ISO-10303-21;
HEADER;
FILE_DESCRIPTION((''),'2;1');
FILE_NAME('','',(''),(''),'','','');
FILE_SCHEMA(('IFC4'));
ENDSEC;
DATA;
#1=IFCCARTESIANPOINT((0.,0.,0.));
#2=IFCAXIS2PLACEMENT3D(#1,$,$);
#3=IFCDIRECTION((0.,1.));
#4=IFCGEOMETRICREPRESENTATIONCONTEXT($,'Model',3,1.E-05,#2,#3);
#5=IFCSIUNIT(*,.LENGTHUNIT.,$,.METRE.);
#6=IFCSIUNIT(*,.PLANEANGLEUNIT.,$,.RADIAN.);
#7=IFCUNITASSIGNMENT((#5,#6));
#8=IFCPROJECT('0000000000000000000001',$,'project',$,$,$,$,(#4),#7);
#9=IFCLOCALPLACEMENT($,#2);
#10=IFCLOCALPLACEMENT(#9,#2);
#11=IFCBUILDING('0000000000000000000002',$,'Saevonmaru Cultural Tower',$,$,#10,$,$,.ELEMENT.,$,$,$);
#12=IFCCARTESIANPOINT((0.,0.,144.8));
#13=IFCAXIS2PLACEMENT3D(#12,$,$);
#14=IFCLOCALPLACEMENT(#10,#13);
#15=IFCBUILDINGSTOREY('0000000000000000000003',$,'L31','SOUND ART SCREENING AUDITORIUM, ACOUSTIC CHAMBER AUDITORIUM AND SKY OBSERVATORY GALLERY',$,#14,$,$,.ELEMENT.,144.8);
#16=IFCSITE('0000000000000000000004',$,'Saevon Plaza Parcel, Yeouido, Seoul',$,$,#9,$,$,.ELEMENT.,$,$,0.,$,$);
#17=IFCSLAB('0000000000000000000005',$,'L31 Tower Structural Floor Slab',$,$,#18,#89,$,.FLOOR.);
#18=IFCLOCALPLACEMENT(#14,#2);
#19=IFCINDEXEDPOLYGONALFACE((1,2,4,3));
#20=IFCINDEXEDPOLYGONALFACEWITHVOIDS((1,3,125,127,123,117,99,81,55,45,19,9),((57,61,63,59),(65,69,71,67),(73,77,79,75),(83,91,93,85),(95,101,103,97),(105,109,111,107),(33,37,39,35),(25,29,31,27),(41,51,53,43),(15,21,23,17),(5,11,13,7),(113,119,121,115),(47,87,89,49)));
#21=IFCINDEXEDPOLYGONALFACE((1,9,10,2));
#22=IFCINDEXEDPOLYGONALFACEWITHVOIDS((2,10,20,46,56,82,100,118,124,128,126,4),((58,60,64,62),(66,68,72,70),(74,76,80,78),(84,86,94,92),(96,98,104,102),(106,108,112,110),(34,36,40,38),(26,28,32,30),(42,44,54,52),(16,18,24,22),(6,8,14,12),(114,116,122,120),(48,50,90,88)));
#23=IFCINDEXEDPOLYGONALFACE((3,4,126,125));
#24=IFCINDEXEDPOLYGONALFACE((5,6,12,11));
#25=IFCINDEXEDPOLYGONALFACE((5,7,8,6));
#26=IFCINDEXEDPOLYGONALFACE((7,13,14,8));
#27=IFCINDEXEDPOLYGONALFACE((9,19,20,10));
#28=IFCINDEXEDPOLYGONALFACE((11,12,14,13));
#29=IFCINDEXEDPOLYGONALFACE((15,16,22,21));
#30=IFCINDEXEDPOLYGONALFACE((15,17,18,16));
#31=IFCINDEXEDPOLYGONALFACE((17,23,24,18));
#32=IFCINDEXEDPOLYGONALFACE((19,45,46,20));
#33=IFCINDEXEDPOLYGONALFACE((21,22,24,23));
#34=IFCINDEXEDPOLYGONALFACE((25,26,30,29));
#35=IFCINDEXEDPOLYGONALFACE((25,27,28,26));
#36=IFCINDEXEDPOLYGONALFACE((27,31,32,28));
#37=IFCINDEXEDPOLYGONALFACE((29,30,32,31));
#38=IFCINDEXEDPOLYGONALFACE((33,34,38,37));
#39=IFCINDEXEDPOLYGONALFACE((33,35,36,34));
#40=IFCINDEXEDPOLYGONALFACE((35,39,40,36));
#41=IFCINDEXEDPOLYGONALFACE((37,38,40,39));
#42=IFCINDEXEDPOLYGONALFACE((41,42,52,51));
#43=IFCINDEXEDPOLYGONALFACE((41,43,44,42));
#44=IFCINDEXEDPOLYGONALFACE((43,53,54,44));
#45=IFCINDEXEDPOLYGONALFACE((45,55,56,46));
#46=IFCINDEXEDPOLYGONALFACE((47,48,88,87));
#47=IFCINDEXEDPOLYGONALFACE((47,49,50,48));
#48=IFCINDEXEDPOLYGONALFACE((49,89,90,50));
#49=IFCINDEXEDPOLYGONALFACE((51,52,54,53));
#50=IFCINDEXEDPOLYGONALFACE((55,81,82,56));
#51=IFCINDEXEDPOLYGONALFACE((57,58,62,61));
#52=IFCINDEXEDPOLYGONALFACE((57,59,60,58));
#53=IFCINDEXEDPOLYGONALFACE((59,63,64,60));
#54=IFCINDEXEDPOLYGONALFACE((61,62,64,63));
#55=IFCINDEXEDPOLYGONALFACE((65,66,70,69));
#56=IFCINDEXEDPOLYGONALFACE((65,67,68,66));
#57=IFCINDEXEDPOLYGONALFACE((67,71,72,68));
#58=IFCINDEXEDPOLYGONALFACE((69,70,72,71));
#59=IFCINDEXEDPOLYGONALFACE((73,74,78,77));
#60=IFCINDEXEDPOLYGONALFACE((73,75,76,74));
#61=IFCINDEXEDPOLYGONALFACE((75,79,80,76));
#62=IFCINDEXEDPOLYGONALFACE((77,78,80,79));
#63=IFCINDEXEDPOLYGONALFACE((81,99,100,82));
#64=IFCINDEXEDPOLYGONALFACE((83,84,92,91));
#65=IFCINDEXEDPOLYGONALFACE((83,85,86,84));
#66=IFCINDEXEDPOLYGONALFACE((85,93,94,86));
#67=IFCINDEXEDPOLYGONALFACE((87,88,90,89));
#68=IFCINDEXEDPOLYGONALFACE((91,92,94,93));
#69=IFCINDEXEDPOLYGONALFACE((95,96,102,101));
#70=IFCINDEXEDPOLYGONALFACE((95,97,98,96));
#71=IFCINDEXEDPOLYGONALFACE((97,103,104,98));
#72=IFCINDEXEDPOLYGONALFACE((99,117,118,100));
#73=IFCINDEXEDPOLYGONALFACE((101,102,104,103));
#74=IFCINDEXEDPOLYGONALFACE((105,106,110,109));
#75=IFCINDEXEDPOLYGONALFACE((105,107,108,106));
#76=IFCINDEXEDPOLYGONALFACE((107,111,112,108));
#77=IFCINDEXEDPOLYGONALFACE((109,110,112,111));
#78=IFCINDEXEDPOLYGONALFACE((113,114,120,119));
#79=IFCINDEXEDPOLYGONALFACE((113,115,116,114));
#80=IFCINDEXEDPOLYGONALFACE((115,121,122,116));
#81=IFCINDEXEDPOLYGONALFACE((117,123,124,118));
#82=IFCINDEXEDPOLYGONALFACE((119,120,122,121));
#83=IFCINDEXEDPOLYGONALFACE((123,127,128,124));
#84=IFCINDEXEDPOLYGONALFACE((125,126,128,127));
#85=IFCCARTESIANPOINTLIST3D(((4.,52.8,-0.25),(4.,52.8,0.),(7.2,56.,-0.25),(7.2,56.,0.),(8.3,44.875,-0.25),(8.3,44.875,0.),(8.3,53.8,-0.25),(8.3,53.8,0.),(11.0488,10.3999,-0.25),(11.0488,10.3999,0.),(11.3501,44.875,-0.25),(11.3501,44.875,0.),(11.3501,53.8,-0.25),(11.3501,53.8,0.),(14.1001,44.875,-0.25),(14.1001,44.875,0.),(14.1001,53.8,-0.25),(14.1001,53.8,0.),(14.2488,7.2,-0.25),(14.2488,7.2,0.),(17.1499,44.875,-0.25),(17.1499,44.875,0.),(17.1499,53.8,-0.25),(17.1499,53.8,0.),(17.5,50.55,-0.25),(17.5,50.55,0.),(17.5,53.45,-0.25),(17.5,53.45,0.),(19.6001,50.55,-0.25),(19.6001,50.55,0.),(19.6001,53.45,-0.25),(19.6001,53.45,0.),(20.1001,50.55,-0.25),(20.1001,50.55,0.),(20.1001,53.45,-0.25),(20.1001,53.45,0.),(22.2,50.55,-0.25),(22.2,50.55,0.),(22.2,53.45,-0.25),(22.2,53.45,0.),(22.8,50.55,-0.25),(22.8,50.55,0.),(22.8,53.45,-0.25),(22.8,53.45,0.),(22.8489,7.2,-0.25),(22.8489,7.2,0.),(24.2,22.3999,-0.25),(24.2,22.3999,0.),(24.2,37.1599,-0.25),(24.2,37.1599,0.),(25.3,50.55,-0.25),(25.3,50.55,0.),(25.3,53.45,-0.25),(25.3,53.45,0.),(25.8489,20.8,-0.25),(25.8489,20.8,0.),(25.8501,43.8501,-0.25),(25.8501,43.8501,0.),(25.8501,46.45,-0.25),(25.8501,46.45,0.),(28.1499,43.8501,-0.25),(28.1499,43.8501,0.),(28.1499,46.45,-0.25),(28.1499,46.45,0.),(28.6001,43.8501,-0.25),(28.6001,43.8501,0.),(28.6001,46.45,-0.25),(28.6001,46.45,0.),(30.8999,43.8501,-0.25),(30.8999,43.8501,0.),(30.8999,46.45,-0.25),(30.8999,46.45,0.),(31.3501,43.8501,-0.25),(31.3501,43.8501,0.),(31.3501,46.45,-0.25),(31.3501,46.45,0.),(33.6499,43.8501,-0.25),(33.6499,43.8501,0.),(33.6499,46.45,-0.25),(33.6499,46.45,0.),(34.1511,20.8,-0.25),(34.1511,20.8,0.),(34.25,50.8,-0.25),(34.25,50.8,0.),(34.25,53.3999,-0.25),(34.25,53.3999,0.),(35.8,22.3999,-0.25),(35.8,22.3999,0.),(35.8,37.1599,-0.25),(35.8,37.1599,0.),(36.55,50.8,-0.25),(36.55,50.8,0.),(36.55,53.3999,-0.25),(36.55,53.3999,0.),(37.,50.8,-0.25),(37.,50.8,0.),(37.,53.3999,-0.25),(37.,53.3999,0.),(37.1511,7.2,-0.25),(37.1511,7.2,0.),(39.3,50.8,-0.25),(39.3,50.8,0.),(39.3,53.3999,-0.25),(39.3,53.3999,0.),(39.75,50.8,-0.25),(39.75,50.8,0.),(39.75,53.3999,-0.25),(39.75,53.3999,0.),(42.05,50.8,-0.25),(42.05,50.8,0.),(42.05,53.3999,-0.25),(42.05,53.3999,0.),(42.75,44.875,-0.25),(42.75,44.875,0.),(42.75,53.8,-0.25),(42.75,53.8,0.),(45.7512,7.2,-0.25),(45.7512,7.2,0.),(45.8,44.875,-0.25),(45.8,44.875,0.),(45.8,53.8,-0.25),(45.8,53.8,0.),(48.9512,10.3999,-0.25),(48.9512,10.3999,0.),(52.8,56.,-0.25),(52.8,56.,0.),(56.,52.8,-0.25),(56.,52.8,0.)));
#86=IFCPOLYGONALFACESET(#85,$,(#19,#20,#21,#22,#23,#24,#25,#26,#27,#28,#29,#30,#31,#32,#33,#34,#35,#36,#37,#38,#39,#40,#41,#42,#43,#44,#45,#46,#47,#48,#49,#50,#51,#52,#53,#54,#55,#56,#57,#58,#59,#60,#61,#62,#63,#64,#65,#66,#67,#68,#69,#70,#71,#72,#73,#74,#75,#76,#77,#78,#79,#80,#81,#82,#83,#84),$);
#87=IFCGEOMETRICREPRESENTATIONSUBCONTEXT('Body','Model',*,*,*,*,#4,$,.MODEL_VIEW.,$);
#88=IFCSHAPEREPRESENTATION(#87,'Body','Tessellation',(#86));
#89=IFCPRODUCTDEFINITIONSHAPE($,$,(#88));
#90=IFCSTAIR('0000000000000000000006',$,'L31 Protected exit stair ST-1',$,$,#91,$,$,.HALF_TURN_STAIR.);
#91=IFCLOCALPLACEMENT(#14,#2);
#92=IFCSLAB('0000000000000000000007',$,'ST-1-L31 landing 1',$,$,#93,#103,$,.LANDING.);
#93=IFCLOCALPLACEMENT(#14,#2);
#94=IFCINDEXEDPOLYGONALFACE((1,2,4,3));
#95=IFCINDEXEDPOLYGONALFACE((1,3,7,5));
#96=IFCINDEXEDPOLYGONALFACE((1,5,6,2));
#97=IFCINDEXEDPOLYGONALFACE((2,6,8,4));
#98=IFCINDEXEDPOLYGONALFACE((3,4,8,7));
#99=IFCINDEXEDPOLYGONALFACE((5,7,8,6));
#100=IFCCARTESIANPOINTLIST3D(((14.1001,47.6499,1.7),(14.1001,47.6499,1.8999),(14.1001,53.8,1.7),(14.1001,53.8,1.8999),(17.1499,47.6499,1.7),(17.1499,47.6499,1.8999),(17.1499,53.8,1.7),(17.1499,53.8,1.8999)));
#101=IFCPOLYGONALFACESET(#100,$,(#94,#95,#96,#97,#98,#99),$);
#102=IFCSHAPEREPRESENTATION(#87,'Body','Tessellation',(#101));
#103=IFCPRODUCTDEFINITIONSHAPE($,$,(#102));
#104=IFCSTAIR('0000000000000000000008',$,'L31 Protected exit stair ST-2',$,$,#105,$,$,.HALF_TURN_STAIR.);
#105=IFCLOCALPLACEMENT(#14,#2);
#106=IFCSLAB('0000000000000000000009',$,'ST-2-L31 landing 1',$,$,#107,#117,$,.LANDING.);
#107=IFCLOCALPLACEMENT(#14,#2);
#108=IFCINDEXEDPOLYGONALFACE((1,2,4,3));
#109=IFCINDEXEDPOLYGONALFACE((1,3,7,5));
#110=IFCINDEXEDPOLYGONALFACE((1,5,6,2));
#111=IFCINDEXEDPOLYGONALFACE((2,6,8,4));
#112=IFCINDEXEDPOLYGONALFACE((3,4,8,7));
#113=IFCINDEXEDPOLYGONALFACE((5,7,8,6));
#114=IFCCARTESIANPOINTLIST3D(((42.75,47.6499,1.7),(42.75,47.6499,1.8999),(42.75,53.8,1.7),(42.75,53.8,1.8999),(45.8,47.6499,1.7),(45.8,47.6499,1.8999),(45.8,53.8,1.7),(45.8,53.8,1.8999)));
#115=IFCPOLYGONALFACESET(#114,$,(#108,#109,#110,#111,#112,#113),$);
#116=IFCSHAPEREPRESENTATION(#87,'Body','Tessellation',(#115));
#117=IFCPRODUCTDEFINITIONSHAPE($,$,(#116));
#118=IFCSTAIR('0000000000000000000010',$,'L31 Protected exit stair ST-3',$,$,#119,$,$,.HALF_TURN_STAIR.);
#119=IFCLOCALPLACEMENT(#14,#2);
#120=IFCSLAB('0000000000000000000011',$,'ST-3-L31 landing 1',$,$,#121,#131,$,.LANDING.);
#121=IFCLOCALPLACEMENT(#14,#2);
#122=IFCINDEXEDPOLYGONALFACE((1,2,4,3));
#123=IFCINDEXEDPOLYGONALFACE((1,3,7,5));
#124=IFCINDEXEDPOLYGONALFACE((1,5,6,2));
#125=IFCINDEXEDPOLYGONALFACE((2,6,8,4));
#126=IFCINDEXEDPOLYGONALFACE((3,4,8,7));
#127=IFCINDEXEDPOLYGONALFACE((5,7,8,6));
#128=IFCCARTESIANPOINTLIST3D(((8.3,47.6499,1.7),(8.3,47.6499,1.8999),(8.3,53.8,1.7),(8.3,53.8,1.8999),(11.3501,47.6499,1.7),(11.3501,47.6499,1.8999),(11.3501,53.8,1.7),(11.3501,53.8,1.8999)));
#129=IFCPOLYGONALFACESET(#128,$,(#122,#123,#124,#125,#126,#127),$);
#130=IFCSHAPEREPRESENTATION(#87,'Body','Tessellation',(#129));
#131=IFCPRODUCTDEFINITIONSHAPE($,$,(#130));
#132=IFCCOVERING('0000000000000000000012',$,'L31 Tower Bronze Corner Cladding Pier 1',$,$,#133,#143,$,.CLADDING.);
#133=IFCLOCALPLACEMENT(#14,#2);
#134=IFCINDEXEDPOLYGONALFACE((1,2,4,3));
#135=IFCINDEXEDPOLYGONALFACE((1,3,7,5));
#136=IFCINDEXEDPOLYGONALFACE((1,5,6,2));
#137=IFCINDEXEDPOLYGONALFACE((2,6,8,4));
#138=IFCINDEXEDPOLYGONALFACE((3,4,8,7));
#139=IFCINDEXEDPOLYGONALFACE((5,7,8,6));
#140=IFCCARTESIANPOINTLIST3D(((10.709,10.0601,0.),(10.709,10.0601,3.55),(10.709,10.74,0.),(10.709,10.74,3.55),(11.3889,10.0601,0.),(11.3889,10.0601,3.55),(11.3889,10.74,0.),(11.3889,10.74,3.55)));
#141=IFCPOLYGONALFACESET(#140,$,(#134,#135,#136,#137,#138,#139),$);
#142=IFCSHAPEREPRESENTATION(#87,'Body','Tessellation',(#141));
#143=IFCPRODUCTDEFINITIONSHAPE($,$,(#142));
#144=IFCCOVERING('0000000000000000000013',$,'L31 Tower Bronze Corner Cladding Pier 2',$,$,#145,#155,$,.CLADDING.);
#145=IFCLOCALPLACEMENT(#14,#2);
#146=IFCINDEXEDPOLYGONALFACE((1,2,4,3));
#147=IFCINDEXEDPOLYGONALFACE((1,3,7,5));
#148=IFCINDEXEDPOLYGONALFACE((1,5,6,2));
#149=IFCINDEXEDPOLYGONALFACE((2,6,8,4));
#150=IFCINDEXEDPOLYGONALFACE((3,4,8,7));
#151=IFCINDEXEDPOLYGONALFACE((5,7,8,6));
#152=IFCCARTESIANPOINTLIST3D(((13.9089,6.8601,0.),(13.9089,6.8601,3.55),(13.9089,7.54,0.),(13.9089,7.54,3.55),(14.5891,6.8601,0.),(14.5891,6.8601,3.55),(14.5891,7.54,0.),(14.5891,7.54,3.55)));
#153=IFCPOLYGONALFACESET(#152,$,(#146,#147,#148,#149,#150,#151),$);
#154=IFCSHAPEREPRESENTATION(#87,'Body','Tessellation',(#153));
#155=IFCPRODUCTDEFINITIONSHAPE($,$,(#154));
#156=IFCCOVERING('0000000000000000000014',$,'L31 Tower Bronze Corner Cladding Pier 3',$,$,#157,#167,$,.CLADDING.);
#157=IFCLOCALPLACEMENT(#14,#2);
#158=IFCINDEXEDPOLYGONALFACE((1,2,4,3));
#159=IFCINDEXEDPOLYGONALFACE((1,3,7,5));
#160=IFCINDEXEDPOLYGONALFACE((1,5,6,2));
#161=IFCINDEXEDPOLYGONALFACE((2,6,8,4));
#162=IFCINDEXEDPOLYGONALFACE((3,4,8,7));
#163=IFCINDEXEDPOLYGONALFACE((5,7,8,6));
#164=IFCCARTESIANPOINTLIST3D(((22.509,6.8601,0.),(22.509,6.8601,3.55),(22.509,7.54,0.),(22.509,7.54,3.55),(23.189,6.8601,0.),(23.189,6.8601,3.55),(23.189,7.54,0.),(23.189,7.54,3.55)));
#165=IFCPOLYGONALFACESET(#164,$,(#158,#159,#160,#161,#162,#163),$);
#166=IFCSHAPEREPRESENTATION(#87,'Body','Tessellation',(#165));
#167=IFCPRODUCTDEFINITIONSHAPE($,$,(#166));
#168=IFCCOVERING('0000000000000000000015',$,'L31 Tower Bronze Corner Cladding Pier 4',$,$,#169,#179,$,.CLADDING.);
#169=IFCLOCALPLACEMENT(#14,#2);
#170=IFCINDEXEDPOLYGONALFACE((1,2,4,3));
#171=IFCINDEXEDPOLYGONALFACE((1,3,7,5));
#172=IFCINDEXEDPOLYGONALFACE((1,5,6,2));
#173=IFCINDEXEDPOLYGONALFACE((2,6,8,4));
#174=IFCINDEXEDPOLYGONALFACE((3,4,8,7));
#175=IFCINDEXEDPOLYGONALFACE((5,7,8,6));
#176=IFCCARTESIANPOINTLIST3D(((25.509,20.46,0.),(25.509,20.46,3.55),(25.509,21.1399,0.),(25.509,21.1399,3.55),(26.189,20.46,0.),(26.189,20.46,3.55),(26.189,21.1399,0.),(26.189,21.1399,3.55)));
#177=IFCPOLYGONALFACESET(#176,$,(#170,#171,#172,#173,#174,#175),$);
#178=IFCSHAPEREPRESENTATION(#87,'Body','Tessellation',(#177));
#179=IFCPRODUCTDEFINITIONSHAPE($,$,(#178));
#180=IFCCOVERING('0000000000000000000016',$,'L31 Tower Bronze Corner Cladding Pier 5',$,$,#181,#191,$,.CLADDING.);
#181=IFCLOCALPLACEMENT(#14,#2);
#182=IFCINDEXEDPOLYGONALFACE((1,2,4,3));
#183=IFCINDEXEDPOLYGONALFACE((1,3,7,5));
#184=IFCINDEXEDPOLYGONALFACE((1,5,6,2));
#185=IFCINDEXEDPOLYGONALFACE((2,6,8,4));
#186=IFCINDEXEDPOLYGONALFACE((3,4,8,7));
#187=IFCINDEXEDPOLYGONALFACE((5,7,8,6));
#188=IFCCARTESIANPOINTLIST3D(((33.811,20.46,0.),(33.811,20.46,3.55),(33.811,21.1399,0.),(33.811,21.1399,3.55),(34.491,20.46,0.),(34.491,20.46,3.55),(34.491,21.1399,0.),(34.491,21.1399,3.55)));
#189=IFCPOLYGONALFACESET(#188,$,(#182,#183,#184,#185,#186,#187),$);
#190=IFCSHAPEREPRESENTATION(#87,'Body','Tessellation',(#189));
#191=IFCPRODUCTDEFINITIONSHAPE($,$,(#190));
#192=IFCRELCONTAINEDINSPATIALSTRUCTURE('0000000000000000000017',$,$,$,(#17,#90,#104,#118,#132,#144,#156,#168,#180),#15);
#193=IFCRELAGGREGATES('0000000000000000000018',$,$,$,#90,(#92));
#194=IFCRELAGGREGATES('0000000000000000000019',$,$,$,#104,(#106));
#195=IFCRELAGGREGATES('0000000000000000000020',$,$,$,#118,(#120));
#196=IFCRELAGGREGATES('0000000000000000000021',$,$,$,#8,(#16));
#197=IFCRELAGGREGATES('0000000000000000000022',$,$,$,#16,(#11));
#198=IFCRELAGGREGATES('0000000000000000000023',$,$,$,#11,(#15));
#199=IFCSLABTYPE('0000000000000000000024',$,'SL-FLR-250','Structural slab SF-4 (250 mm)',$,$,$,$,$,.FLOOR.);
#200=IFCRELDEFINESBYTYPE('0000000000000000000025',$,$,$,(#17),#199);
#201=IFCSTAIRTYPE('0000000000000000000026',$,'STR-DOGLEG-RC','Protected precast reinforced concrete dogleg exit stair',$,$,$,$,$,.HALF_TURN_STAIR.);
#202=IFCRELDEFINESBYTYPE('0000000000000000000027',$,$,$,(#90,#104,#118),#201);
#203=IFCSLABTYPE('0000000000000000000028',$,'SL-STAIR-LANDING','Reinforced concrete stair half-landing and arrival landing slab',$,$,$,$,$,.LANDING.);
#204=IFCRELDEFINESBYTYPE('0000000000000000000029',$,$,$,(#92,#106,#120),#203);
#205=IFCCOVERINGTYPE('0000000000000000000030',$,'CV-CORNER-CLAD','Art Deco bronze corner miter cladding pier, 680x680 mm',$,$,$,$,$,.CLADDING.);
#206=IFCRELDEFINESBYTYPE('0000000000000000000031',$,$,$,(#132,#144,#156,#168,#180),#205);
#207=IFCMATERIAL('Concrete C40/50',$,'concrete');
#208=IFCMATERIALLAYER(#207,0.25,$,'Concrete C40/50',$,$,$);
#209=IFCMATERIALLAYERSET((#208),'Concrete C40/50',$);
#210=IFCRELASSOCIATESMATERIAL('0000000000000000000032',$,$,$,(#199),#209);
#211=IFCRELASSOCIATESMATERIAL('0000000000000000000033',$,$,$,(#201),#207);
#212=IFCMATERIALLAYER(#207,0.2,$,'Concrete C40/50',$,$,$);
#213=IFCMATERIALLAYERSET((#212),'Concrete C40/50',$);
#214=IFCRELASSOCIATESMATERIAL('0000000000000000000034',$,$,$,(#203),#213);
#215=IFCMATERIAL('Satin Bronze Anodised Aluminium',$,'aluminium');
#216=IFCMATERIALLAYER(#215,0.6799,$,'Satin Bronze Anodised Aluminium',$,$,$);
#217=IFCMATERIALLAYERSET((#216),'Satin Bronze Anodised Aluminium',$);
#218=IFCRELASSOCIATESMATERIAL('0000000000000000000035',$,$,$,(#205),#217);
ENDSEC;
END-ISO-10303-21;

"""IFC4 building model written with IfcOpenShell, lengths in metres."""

from ifc_helpers import new_model, si_unit, direction, frame, origin, place, context, subcontext, project, spatial, polyline, outline, extrude, material, layer, layer_set, type_object, element, aggregate, save


model = new_model("IFC4")

# Units and contexts
model_context = context("Model", 3, precision=1e-05, world=origin(), true_north=direction((0.0, 1.0)))
body_context = subcontext(model_context, "Body", "Model", "MODEL_VIEW")
ifc_project = project(units=[si_unit("LENGTHUNIT", "METRE"), si_unit("PLANEANGLEUNIT", "RADIAN")], contexts=[model_context])

# Site, building, storey
site_placement = place(None, origin())
site = spatial("IfcSite", under=ifc_project, at=site_placement, Name="Saevon Plaza Parcel, Yeouido, Seoul", CompositionType="ELEMENT", RefElevation=0.0)
building_placement = place(site_placement, origin())
building = spatial("IfcBuilding", under=site, at=building_placement, Name="Saevonmaru Cultural Tower", CompositionType="ELEMENT")
storey_placement = place(building_placement, frame((0.0, 0.0, 144.8)))
storey = spatial("IfcBuildingStorey", under=building, at=storey_placement, Name="L31", Description="SOUND ART SCREENING AUDITORIUM, ACOUSTIC CHAMBER AUDITORIUM AND SKY OBSERVATORY GALLERY", CompositionType="ELEMENT", Elevation=144.8)

# Shared definitions
ifc_material_1 = material(Name="Satin Bronze Anodised Aluminium", Category="aluminium")

# Slab
ifc_material_2 = material(Name="Concrete C40/50", Category="concrete")
ifc_layer_1 = layer(ifc_material_2, 0.25, Name="Concrete C40/50")
ifc_layer_set_1 = layer_set([ifc_layer_1], Name="Concrete C40/50")
slab_type_1 = type_object("IfcSlabType", Name="SL-FLR-250", Description="Structural slab SF-4 (250 mm)", PredefinedType="FLOOR", material=ifc_layer_set_1)
slab_1_placement = place(storey_placement, frame((0.0, 0.0, -0.25)))
element("IfcSlab", 1, at=slab_1_placement, inside=storey, type_object=slab_type_1, Name="L31 Tower Structural Floor Slab", PredefinedType="FLOOR", context=body_context, shape_type="SweptSolid", body=[
    extrude(outline(polyline([(11.0488, 10.3999), (14.2488, 7.2), (22.8489, 7.2), (25.8489, 20.8), (34.1511, 20.8), (37.1511, 7.2), (45.7512, 7.2), (48.9512, 10.3999), (56.0, 52.8), (52.8, 56.0), (7.2, 56.0), (4.0, 52.8), (11.0488, 10.3999)]), holes=[polyline([(45.8, 44.875), (42.75, 44.875), (42.75, 53.8), (45.8, 53.8), (45.8, 44.875)]), polyline([(39.75, 50.8), (39.75, 53.3999), (42.05, 53.3999), (42.05, 50.8), (39.75, 50.8)]), polyline([(37.0, 50.8), (37.0, 53.3999), (39.3, 53.3999), (39.3, 50.8), (37.0, 50.8)]), polyline([(34.25, 50.8), (34.25, 53.3999), (36.55, 53.3999), (36.55, 50.8), (34.25, 50.8)]), polyline([(24.2, 22.3999), (24.2, 37.1599), (35.8, 37.1599), (35.8, 22.3999), (24.2, 22.3999)]), polyline([(31.3501, 43.8501), (31.3501, 46.45), (33.6499, 46.45), (33.6499, 43.8501), (31.3501, 43.8501)]), polyline([(28.6001, 43.8501), (28.6001, 46.45), (30.8999, 46.45), (30.8999, 43.8501), (28.6001, 43.8501)]), polyline([(28.1499, 43.8501), (25.8501, 43.8501), (25.8501, 46.45), (28.1499, 46.45), (28.1499, 43.8501)]), polyline([(25.3, 50.55), (22.8, 50.55), (22.8, 53.45), (25.3, 53.45), (25.3, 50.55)]), polyline([(20.1001, 50.55), (20.1001, 53.45), (22.2, 53.45), (22.2, 50.55), (20.1001, 50.55)]), polyline([(17.5, 50.55), (17.5, 53.45), (19.6001, 53.45), (19.6001, 50.55), (17.5, 50.55)]), polyline([(17.1499, 53.8), (17.1499, 44.875), (14.1001, 44.875), (14.1001, 53.8), (17.1499, 53.8)]), polyline([(11.3501, 44.875), (8.3, 44.875), (8.3, 53.8), (11.3501, 53.8), (11.3501, 44.875)])]), origin(), (0.0, 0.0, 1.0), 0.25),
])

# Stairs, slabs
stair_type = type_object("IfcStairType", Name="STR-DOGLEG-RC", Description="Protected precast reinforced concrete dogleg exit stair", PredefinedType="HALF_TURN_STAIR", material=ifc_material_2)
stair_1_placement = place(storey_placement, origin())
stair_1 = element("IfcStair", 2, at=stair_1_placement, inside=storey, type_object=stair_type, Name="L31 Protected exit stair ST-1", PredefinedType="HALF_TURN_STAIR")
ifc_layer_2 = layer(ifc_material_2, 0.2, Name="Concrete C40/50")
ifc_layer_set_2 = layer_set([ifc_layer_2], Name="Concrete C40/50")
slab_type_2 = type_object("IfcSlabType", Name="SL-STAIR-LANDING", Description="Reinforced concrete stair half-landing and arrival landing slab", PredefinedType="LANDING", material=ifc_layer_set_2)
slab_2_placement = place(storey_placement, frame((0.0, 0.0, 1.7)))
slab_2 = element("IfcSlab", 3, at=slab_2_placement, type_object=slab_type_2, Name="ST-1-L31 landing 1", PredefinedType="LANDING", context=body_context, shape_type="SweptSolid", body=[
    extrude(outline(polyline([(17.1499, 47.6499), (17.1499, 53.8), (14.1001, 53.8), (14.1001, 47.6499), (17.1499, 47.6499)])), origin(), (0.0, 0.0, 1.0), 0.2),
])
aggregate(stair_1, [slab_2])
stair_2_placement = place(storey_placement, origin())
stair_2 = element("IfcStair", 4, at=stair_2_placement, inside=storey, type_object=stair_type, Name="L31 Protected exit stair ST-2", PredefinedType="HALF_TURN_STAIR")
slab_3_placement = place(storey_placement, frame((0.0, 0.0, 1.7)))
slab_3 = element("IfcSlab", 5, at=slab_3_placement, type_object=slab_type_2, Name="ST-2-L31 landing 1", PredefinedType="LANDING", context=body_context, shape_type="SweptSolid", body=[
    extrude(outline(polyline([(45.8, 47.6499), (45.8, 53.8), (42.75, 53.8), (42.75, 47.6499), (45.8, 47.6499)])), origin(), (0.0, 0.0, 1.0), 0.2),
])
aggregate(stair_2, [slab_3])
stair_3_placement = place(storey_placement, origin())
stair_3 = element("IfcStair", 6, at=stair_3_placement, inside=storey, type_object=stair_type, Name="L31 Protected exit stair ST-3", PredefinedType="HALF_TURN_STAIR")
slab_4_placement = place(storey_placement, frame((0.0, 0.0, 1.7)))
slab_4 = element("IfcSlab", 7, at=slab_4_placement, type_object=slab_type_2, Name="ST-3-L31 landing 1", PredefinedType="LANDING", context=body_context, shape_type="SweptSolid", body=[
    extrude(outline(polyline([(11.3501, 47.6499), (11.3501, 53.8), (8.3, 53.8), (8.3, 47.6499), (11.3501, 47.6499)])), origin(), (0.0, 0.0, 1.0), 0.2),
])
aggregate(stair_3, [slab_4])

# Coverings
ifc_layer_3 = layer(ifc_material_1, 0.6799, Name="Satin Bronze Anodised Aluminium")
ifc_layer_set_3 = layer_set([ifc_layer_3], Name="Satin Bronze Anodised Aluminium")
covering_type = type_object("IfcCoveringType", Name="CV-CORNER-CLAD", Description="Art Deco bronze corner miter cladding pier, 680x680 mm", PredefinedType="CLADDING", material=ifc_layer_set_3)
covering_1_placement = place(storey_placement, origin())
element("IfcCovering", 8, at=covering_1_placement, inside=storey, type_object=covering_type, Name="L31 Tower Bronze Corner Cladding Pier 1", PredefinedType="CLADDING", context=body_context, shape_type="SweptSolid", body=[
    extrude(outline(polyline([(10.709, 10.0601), (11.3889, 10.0601), (11.3889, 10.74), (10.709, 10.74), (10.709, 10.0601)])), origin(), (0.0, 0.0, 1.0), 3.55),
])
covering_2_placement = place(storey_placement, origin())
element("IfcCovering", 9, at=covering_2_placement, inside=storey, type_object=covering_type, Name="L31 Tower Bronze Corner Cladding Pier 2", PredefinedType="CLADDING", context=body_context, shape_type="SweptSolid", body=[
    extrude(outline(polyline([(13.9089, 6.8601), (14.5891, 6.8601), (14.5891, 7.54), (13.9089, 7.54), (13.9089, 6.8601)])), origin(), (0.0, 0.0, 1.0), 3.55),
])
covering_3_placement = place(storey_placement, origin())
element("IfcCovering", 10, at=covering_3_placement, inside=storey, type_object=covering_type, Name="L31 Tower Bronze Corner Cladding Pier 3", PredefinedType="CLADDING", context=body_context, shape_type="SweptSolid", body=[
    extrude(outline(polyline([(22.509, 6.8601), (23.189, 6.8601), (23.189, 7.54), (22.509, 7.54), (22.509, 6.8601)])), origin(), (0.0, 0.0, 1.0), 3.55),
])
covering_4_placement = place(storey_placement, origin())
element("IfcCovering", 11, at=covering_4_placement, inside=storey, type_object=covering_type, Name="L31 Tower Bronze Corner Cladding Pier 4", PredefinedType="CLADDING", context=body_context, shape_type="SweptSolid", body=[
    extrude(outline(polyline([(25.509, 20.46), (26.189, 20.46), (26.189, 21.1399), (25.509, 21.1399), (25.509, 20.46)])), origin(), (0.0, 0.0, 1.0), 3.55),
])
covering_5_placement = place(storey_placement, origin())
element("IfcCovering", 12, at=covering_5_placement, inside=storey, type_object=covering_type, Name="L31 Tower Bronze Corner Cladding Pier 5", PredefinedType="CLADDING", context=body_context, shape_type="SweptSolid", body=[
    extrude(outline(polyline([(33.811, 20.46), (34.491, 20.46), (34.491, 21.1399), (33.811, 21.1399), (33.811, 20.46)])), origin(), (0.0, 0.0, 1.0), 3.55),
])

save(model, "model.ifc")
